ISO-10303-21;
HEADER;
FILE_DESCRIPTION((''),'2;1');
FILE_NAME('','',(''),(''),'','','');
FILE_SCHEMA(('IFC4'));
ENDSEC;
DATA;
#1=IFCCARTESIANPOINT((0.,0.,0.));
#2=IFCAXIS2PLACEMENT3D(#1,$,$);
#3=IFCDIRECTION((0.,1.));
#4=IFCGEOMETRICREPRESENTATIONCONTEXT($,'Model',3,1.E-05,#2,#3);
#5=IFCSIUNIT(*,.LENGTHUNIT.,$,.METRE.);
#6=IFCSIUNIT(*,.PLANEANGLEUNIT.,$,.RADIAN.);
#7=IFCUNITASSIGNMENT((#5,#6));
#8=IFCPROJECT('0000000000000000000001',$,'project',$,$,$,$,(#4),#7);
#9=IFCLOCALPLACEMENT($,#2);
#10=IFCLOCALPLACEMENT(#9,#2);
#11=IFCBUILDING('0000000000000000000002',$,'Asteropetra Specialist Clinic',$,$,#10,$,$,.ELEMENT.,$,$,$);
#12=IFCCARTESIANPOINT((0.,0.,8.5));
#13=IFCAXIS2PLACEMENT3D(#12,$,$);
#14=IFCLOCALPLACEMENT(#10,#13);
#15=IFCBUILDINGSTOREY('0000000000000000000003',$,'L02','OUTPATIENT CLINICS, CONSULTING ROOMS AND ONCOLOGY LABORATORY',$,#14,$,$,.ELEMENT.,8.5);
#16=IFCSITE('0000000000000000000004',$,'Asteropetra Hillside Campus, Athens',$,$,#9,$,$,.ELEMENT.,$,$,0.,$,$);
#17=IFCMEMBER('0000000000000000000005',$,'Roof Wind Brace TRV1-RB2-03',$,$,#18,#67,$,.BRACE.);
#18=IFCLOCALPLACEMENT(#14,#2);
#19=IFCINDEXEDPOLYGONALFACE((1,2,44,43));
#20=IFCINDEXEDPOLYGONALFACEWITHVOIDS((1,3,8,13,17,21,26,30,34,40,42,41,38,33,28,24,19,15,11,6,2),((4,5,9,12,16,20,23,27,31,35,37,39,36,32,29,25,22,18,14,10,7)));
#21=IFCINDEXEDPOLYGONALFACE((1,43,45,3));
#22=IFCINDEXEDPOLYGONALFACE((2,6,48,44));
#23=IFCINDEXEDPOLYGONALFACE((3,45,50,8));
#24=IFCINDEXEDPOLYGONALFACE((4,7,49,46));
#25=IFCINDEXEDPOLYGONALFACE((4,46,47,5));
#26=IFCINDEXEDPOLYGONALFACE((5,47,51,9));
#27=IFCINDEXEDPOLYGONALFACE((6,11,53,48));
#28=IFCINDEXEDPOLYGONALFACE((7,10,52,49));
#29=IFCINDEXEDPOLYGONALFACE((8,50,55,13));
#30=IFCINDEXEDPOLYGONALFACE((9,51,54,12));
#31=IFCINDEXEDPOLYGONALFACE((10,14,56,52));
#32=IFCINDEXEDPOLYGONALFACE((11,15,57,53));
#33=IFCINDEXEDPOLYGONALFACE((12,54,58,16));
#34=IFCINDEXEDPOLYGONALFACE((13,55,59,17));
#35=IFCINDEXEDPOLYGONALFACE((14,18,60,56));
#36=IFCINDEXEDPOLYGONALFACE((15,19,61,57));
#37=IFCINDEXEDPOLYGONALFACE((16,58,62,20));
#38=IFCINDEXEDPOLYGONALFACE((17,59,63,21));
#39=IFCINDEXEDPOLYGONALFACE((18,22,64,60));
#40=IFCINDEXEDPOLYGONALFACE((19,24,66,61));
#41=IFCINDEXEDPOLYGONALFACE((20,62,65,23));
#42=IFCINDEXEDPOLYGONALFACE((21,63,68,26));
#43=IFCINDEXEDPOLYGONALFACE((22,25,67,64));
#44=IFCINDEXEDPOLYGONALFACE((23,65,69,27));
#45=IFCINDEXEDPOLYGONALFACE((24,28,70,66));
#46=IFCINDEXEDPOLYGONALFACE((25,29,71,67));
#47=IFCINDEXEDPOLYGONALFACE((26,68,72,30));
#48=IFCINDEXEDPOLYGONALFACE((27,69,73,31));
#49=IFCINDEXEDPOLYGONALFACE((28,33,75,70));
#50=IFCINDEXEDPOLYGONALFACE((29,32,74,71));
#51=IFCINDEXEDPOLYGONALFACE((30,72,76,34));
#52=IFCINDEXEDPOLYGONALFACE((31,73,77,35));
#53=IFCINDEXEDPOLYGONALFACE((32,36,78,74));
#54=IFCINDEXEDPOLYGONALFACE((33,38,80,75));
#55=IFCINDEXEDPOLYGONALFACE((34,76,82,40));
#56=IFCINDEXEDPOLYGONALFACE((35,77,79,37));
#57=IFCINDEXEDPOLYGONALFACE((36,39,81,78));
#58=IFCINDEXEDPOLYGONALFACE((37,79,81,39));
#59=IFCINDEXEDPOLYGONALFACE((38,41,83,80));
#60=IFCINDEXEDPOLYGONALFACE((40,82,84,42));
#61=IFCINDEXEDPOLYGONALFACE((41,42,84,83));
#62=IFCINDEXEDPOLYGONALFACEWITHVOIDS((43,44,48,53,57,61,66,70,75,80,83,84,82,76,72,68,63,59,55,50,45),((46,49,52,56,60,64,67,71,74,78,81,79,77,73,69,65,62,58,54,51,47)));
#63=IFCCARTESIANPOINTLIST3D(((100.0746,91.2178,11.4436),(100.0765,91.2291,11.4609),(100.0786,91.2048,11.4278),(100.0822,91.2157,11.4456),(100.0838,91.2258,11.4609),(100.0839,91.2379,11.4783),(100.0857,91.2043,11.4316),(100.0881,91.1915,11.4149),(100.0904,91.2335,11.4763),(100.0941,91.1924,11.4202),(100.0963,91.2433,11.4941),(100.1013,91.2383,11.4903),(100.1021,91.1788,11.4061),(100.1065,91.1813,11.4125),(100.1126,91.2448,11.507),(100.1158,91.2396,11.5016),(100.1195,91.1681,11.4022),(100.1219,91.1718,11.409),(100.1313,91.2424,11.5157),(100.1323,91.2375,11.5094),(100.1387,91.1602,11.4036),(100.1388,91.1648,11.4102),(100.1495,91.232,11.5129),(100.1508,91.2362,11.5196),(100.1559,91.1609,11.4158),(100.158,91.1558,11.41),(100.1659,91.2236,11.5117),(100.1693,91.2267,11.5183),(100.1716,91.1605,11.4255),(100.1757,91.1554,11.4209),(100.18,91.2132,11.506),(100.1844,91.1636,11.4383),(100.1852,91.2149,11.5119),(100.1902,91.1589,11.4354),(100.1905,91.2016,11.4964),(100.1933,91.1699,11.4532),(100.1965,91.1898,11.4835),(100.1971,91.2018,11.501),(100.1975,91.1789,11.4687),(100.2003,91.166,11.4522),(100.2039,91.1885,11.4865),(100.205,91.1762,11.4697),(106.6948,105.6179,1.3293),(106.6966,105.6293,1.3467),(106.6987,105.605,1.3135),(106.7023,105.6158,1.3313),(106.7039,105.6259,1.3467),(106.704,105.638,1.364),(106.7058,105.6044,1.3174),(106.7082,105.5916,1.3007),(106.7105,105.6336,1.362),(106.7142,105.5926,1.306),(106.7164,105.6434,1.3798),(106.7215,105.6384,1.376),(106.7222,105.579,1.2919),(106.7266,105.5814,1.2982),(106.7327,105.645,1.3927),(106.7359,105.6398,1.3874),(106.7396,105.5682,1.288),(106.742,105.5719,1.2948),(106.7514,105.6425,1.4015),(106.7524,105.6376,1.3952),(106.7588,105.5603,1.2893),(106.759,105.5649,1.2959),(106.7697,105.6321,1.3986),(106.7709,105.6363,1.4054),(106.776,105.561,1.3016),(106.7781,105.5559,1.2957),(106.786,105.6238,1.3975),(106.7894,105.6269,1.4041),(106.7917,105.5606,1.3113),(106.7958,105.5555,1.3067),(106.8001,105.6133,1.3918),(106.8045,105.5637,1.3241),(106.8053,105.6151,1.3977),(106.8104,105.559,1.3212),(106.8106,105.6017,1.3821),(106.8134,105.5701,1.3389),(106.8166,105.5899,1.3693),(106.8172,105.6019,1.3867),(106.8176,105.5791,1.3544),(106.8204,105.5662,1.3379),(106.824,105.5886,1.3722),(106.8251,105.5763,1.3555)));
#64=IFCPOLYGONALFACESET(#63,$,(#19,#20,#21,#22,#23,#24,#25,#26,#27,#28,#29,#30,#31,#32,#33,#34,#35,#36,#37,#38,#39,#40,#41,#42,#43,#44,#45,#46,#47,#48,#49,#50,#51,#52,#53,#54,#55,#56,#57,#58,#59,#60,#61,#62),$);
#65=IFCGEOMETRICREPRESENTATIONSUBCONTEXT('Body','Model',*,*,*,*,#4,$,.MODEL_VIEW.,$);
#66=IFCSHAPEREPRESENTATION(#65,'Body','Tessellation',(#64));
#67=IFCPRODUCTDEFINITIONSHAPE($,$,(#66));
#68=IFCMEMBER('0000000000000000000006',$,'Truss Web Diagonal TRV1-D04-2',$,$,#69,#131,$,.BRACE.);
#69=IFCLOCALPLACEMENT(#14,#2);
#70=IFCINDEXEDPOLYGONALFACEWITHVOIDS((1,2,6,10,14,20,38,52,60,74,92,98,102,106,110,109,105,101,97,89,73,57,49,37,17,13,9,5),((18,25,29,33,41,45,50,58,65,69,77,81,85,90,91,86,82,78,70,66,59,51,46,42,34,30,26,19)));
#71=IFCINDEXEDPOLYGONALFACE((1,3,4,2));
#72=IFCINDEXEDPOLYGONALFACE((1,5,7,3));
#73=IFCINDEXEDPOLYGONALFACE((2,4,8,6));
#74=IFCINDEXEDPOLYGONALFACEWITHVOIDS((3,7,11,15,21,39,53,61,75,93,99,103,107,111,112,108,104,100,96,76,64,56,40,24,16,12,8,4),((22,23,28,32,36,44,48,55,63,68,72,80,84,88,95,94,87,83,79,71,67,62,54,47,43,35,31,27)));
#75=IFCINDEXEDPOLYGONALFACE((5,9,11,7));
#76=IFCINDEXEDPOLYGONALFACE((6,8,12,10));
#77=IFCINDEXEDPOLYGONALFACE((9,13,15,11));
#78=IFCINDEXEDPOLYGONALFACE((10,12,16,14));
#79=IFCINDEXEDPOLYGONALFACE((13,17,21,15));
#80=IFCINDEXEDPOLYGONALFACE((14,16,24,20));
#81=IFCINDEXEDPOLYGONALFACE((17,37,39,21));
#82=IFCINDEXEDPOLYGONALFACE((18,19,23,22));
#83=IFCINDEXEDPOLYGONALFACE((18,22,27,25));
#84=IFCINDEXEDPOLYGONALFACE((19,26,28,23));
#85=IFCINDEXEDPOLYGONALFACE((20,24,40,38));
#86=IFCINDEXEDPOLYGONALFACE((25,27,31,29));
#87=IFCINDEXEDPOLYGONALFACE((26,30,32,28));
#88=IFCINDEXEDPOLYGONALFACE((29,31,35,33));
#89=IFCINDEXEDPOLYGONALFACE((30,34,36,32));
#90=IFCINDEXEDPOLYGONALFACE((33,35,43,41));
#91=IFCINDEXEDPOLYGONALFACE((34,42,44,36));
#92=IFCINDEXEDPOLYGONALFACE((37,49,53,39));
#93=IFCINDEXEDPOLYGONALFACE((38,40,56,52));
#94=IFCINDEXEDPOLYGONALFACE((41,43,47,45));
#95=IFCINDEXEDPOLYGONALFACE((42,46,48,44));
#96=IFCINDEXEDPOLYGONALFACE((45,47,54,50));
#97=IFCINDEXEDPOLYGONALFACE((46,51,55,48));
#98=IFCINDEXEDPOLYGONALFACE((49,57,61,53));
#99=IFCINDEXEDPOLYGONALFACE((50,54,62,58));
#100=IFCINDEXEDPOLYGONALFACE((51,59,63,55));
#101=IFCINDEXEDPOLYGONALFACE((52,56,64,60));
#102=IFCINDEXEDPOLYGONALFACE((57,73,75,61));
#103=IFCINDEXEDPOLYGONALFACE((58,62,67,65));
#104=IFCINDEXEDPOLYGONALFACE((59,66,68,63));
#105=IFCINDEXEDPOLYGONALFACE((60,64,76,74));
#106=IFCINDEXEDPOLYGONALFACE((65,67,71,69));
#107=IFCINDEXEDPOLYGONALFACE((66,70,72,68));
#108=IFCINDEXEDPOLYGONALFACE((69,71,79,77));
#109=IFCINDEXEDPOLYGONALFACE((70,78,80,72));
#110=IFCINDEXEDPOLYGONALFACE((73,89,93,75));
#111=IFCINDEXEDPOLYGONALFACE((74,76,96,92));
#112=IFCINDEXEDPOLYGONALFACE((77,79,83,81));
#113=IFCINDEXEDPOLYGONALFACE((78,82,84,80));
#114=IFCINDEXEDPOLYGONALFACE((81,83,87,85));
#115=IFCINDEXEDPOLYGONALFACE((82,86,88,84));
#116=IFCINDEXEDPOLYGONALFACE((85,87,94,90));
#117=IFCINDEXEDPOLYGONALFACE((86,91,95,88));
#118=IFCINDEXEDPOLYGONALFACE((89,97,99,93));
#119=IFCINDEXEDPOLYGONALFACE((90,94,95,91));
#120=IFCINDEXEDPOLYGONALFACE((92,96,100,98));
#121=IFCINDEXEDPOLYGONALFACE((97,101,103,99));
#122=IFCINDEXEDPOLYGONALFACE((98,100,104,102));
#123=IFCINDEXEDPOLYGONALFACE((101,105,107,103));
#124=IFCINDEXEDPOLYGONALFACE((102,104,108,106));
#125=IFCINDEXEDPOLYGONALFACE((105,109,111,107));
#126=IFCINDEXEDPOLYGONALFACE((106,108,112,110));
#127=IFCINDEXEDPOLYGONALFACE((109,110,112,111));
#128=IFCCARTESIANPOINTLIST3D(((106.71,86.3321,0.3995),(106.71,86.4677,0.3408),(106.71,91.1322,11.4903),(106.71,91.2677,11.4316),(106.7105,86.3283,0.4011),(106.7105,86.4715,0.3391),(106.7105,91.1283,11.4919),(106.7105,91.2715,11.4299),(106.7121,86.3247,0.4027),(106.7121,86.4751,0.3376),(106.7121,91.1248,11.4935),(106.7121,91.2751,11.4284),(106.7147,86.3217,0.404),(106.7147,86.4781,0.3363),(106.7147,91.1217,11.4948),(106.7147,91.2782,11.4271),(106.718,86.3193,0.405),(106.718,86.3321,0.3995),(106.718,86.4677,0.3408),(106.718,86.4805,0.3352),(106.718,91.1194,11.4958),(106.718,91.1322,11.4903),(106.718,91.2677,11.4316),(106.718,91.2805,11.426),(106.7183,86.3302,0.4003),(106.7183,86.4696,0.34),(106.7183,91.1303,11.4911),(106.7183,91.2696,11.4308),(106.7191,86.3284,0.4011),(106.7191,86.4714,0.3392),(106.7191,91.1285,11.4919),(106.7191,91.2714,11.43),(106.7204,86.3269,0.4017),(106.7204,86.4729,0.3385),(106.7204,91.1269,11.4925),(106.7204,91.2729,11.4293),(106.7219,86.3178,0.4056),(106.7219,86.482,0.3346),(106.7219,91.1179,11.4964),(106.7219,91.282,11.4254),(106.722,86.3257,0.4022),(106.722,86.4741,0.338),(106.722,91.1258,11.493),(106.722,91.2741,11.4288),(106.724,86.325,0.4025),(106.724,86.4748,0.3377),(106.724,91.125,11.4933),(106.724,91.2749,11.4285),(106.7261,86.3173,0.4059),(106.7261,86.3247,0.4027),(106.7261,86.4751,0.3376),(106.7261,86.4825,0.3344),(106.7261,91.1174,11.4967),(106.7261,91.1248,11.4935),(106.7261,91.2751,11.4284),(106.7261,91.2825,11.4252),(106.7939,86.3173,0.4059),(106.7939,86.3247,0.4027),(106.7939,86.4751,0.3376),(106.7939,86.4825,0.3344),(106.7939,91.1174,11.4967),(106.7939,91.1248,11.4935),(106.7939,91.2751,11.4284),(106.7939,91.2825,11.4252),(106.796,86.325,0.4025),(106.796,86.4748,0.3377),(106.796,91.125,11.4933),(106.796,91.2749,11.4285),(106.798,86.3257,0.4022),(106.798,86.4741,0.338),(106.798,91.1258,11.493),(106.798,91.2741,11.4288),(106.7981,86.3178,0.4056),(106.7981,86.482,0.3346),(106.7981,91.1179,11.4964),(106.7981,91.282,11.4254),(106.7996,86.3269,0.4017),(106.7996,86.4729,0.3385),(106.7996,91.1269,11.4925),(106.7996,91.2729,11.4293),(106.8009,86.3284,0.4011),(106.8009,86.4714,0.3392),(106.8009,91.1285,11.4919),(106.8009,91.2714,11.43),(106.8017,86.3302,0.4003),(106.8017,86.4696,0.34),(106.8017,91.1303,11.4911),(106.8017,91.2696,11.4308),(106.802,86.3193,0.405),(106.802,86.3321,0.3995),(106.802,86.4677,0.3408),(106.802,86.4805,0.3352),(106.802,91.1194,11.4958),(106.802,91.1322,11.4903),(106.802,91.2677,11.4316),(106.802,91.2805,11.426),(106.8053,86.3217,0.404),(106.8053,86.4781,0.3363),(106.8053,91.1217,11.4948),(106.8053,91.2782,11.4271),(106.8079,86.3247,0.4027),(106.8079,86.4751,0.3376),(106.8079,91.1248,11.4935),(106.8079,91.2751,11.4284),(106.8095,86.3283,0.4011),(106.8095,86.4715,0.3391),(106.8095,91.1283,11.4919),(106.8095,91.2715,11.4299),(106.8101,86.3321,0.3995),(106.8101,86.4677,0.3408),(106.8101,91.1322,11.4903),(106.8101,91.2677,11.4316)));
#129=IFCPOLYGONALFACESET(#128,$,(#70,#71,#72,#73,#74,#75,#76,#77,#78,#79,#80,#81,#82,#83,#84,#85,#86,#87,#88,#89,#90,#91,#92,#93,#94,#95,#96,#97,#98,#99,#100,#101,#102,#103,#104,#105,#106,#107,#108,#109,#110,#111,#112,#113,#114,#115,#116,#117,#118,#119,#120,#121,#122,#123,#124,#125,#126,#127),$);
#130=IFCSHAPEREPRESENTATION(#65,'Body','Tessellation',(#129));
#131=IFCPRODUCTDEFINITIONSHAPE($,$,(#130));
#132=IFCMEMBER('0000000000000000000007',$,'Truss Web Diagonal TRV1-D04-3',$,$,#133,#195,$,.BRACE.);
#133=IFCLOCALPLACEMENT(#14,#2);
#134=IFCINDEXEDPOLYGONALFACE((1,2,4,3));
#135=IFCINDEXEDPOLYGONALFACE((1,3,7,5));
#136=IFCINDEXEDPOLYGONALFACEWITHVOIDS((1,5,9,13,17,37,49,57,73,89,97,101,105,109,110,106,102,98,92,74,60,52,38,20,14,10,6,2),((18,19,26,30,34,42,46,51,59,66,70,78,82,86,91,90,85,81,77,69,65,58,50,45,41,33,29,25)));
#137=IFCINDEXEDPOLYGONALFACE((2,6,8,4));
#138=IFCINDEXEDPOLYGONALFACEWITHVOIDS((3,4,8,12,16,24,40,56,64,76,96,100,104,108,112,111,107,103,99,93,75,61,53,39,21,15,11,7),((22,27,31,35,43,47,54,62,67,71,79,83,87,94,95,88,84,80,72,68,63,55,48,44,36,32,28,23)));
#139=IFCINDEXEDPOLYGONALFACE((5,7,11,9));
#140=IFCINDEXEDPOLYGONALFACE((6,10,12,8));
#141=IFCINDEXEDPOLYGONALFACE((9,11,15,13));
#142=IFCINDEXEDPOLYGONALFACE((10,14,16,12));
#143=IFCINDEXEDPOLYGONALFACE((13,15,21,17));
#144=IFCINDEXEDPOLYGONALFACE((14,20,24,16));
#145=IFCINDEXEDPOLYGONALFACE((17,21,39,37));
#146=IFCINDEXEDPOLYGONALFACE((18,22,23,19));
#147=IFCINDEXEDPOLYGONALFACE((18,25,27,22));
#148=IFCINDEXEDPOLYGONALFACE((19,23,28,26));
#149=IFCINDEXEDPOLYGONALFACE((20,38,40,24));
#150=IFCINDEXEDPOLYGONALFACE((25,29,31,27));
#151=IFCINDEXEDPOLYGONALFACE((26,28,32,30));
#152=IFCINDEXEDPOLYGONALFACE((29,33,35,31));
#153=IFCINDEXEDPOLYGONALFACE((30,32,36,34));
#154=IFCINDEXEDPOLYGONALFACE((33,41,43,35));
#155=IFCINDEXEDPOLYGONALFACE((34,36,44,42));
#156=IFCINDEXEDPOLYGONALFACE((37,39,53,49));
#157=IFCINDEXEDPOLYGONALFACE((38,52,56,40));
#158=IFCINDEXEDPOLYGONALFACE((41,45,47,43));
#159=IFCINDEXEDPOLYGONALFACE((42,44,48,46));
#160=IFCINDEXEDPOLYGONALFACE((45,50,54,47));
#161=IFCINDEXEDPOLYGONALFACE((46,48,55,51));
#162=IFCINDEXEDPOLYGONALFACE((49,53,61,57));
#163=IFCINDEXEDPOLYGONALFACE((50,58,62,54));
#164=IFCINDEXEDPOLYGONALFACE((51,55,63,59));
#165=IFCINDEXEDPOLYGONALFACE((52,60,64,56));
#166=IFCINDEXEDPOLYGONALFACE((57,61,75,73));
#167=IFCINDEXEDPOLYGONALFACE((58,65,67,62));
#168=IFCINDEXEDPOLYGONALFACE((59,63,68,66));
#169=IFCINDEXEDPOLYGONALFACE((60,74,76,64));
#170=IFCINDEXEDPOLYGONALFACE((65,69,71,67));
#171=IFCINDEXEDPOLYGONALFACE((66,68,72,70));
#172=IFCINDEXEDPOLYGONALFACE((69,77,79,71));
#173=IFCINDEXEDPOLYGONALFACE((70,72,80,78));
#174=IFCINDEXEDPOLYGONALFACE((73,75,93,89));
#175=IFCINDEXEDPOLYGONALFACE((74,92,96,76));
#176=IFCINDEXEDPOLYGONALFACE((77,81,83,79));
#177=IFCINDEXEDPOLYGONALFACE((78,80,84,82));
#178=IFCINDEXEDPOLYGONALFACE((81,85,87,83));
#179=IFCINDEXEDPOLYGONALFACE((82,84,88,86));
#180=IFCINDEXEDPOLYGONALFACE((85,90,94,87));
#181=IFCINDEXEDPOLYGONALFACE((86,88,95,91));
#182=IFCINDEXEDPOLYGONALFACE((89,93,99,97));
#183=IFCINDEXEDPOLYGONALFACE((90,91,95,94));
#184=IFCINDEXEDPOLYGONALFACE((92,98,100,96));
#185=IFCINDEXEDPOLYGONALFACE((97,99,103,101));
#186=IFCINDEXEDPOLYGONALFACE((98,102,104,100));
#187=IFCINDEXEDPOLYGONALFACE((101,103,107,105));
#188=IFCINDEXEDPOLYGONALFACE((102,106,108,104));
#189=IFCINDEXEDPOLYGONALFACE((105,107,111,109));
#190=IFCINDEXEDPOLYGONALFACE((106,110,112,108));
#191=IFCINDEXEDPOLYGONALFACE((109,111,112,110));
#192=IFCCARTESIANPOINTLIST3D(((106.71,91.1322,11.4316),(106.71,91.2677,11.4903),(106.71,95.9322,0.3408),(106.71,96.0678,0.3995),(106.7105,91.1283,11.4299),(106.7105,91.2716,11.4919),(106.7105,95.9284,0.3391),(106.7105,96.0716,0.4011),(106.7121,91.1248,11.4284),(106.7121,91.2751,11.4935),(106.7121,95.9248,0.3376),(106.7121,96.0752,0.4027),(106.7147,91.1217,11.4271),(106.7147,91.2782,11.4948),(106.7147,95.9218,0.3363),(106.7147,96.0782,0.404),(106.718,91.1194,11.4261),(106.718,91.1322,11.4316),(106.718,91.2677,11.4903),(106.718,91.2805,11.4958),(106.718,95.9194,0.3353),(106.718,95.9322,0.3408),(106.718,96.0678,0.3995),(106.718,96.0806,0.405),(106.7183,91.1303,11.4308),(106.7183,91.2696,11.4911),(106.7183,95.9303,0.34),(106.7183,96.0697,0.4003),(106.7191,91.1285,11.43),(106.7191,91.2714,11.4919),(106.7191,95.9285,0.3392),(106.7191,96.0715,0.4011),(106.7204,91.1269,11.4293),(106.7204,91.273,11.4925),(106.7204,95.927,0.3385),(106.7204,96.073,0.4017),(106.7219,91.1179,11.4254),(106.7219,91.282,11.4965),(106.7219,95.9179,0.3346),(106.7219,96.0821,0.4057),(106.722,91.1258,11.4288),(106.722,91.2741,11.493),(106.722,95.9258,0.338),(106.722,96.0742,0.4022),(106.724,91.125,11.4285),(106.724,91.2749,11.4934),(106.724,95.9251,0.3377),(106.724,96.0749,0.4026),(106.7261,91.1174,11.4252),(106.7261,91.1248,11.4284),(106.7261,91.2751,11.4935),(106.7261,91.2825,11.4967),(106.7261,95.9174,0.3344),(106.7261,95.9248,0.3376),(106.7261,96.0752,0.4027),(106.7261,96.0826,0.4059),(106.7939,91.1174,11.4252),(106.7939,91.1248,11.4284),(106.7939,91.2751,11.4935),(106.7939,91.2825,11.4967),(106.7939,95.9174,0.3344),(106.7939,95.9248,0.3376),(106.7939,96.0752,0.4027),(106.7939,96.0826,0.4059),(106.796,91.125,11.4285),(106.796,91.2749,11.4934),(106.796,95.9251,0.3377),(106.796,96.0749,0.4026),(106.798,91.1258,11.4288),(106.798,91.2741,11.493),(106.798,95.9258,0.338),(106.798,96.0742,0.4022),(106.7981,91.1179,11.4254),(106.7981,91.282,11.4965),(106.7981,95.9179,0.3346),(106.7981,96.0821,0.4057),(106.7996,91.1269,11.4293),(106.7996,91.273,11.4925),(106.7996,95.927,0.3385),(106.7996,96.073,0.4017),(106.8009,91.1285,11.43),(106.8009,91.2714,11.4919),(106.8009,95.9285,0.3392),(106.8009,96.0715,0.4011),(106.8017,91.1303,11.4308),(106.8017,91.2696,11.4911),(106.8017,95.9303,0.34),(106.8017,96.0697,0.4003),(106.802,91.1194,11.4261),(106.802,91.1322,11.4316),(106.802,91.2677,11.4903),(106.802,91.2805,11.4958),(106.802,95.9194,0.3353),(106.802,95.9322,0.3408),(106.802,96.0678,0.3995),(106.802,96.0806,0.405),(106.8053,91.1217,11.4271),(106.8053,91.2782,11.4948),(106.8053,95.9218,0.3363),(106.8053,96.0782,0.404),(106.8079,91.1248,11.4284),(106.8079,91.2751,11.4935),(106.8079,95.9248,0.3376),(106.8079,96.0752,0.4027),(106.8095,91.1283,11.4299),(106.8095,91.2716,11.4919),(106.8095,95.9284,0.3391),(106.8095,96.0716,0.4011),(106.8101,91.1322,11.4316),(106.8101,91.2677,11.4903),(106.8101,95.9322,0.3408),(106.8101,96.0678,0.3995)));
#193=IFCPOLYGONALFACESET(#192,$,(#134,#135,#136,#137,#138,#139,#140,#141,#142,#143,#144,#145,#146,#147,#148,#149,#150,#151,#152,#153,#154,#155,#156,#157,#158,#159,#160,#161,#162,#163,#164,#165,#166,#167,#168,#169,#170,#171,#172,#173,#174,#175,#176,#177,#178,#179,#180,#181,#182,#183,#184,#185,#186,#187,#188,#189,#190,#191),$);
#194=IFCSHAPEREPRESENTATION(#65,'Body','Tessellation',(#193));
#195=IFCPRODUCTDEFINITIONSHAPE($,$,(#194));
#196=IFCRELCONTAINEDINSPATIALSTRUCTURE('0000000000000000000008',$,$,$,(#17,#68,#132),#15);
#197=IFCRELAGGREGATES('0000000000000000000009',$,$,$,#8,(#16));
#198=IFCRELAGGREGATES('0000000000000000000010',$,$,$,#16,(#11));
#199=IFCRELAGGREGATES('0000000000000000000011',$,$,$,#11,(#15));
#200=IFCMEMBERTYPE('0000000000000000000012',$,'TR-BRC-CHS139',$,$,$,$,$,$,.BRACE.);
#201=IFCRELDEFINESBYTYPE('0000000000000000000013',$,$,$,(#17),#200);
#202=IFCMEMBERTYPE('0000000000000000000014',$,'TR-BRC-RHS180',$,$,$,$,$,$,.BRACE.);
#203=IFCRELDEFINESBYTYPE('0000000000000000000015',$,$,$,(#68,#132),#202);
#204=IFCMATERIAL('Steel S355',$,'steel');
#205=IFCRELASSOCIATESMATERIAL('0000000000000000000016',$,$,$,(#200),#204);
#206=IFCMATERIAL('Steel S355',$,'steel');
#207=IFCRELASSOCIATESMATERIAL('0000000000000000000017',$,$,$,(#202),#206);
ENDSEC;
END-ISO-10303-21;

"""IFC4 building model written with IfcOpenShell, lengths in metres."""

from ifc_helpers import new_model, si_unit, direction, frame, origin, origin_2d, place, context, subcontext, project, spatial, hollow_rectangle, hollow_circle, extrude, material, material_profile, profile_set, type_object, element, save


model = new_model("IFC4")

# Units and contexts
model_context = context("Model", 3, precision=1e-05, world=origin(), true_north=direction((0.0, 1.0)))
body_context = subcontext(model_context, "Body", "Model", "MODEL_VIEW")
ifc_project = project(units=[si_unit("LENGTHUNIT", "METRE"), si_unit("PLANEANGLEUNIT", "RADIAN")], contexts=[model_context])

# Site, building, storey
site_placement = place(None, origin())
site = spatial("IfcSite", under=ifc_project, at=site_placement, Name="Asteropetra Hillside Campus, Athens", CompositionType="ELEMENT", RefElevation=0.0)
building_placement = place(site_placement, origin())
building = spatial("IfcBuilding", under=site, at=building_placement, Name="Asteropetra Specialist Clinic", CompositionType="ELEMENT")
storey_placement = place(building_placement, frame((0.0, 0.0, 8.5)))
storey = spatial("IfcBuildingStorey", under=building, at=storey_placement, Name="L02", Description="OUTPATIENT CLINICS, CONSULTING ROOMS AND ONCOLOGY LABORATORY", CompositionType="ELEMENT", Elevation=8.5)

# Members
ifc_material_1 = material(Name="Steel S355", Category="steel")
ifc_material_profile_1 = material_profile(ifc_material_1, hollow_circle(Radius=0.0698, WallThickness=0.0081, at=origin_2d()), Name="CHS 139.7x8.0")
ifc_profile_set_1 = profile_set([ifc_material_profile_1], Name="Steel S355")
member_type_1 = type_object("IfcMemberType", Name="TR-BRC-CHS139", PredefinedType="BRACE", material=ifc_profile_set_1)
member_1_placement = place(storey_placement, frame((100.1399, 91.2, 11.4609), z_axis=(0.35211, 0.765913, -0.537956), x_axis=(-0.908585, 0.4177, 0.0)))
element("IfcMember", 1, at=member_1_placement, inside=storey, type_object=member_type_1, Name="Roof Wind Brace TRV1-RB2-03", PredefinedType="BRACE", context=body_context, shape_type="SweptSolid", body=[
    extrude(hollow_circle(Radius=0.0698, WallThickness=0.0081, at=origin_2d()), origin(), (0.0, 0.0, 1.0), 18.8013),
])
ifc_material_2 = material(Name="Steel S355", Category="steel")
ifc_material_profile_2 = material_profile(ifc_material_2, hollow_rectangle(XDim=0.1001, YDim=0.1799, WallThickness=0.0081, InnerFilletRadius=0.0081, OuterFilletRadius=0.0161, at=origin_2d()), Name="RHS 180x100x8.0")
ifc_profile_set_2 = profile_set([ifc_material_profile_2], Name="Steel S355")
member_type_2 = type_object("IfcMemberType", Name="TR-BRC-RHS180", PredefinedType="BRACE", material=ifc_profile_set_2)
for number, where, z_axis, x_axis, name in (
    (2, (106.76, 86.3999, 0.3701), (0.0, 0.397191, 0.917736), (-1.0, 0.0, 0.0), "Truss Web Diagonal TRV1-D04-2"),
    (3, (106.76, 91.2, 11.4609), (0.0, 0.397191, -0.917736), (-1.0, 0.0, 0.0), "Truss Web Diagonal TRV1-D04-3"),
):
    element("IfcMember", number, at=place(storey_placement, frame(where, z_axis=z_axis, x_axis=x_axis)), inside=storey, type_object=member_type_2, Name=name, PredefinedType="BRACE", context=body_context, shape_type="SweptSolid", body=[
        extrude(hollow_rectangle(XDim=0.1001, YDim=0.1799, WallThickness=0.0081, InnerFilletRadius=0.0081, OuterFilletRadius=0.0161, at=origin_2d()), origin(), (0.0, 0.0, 1.0), 12.085),
    ])

save(model, "model.ifc")
